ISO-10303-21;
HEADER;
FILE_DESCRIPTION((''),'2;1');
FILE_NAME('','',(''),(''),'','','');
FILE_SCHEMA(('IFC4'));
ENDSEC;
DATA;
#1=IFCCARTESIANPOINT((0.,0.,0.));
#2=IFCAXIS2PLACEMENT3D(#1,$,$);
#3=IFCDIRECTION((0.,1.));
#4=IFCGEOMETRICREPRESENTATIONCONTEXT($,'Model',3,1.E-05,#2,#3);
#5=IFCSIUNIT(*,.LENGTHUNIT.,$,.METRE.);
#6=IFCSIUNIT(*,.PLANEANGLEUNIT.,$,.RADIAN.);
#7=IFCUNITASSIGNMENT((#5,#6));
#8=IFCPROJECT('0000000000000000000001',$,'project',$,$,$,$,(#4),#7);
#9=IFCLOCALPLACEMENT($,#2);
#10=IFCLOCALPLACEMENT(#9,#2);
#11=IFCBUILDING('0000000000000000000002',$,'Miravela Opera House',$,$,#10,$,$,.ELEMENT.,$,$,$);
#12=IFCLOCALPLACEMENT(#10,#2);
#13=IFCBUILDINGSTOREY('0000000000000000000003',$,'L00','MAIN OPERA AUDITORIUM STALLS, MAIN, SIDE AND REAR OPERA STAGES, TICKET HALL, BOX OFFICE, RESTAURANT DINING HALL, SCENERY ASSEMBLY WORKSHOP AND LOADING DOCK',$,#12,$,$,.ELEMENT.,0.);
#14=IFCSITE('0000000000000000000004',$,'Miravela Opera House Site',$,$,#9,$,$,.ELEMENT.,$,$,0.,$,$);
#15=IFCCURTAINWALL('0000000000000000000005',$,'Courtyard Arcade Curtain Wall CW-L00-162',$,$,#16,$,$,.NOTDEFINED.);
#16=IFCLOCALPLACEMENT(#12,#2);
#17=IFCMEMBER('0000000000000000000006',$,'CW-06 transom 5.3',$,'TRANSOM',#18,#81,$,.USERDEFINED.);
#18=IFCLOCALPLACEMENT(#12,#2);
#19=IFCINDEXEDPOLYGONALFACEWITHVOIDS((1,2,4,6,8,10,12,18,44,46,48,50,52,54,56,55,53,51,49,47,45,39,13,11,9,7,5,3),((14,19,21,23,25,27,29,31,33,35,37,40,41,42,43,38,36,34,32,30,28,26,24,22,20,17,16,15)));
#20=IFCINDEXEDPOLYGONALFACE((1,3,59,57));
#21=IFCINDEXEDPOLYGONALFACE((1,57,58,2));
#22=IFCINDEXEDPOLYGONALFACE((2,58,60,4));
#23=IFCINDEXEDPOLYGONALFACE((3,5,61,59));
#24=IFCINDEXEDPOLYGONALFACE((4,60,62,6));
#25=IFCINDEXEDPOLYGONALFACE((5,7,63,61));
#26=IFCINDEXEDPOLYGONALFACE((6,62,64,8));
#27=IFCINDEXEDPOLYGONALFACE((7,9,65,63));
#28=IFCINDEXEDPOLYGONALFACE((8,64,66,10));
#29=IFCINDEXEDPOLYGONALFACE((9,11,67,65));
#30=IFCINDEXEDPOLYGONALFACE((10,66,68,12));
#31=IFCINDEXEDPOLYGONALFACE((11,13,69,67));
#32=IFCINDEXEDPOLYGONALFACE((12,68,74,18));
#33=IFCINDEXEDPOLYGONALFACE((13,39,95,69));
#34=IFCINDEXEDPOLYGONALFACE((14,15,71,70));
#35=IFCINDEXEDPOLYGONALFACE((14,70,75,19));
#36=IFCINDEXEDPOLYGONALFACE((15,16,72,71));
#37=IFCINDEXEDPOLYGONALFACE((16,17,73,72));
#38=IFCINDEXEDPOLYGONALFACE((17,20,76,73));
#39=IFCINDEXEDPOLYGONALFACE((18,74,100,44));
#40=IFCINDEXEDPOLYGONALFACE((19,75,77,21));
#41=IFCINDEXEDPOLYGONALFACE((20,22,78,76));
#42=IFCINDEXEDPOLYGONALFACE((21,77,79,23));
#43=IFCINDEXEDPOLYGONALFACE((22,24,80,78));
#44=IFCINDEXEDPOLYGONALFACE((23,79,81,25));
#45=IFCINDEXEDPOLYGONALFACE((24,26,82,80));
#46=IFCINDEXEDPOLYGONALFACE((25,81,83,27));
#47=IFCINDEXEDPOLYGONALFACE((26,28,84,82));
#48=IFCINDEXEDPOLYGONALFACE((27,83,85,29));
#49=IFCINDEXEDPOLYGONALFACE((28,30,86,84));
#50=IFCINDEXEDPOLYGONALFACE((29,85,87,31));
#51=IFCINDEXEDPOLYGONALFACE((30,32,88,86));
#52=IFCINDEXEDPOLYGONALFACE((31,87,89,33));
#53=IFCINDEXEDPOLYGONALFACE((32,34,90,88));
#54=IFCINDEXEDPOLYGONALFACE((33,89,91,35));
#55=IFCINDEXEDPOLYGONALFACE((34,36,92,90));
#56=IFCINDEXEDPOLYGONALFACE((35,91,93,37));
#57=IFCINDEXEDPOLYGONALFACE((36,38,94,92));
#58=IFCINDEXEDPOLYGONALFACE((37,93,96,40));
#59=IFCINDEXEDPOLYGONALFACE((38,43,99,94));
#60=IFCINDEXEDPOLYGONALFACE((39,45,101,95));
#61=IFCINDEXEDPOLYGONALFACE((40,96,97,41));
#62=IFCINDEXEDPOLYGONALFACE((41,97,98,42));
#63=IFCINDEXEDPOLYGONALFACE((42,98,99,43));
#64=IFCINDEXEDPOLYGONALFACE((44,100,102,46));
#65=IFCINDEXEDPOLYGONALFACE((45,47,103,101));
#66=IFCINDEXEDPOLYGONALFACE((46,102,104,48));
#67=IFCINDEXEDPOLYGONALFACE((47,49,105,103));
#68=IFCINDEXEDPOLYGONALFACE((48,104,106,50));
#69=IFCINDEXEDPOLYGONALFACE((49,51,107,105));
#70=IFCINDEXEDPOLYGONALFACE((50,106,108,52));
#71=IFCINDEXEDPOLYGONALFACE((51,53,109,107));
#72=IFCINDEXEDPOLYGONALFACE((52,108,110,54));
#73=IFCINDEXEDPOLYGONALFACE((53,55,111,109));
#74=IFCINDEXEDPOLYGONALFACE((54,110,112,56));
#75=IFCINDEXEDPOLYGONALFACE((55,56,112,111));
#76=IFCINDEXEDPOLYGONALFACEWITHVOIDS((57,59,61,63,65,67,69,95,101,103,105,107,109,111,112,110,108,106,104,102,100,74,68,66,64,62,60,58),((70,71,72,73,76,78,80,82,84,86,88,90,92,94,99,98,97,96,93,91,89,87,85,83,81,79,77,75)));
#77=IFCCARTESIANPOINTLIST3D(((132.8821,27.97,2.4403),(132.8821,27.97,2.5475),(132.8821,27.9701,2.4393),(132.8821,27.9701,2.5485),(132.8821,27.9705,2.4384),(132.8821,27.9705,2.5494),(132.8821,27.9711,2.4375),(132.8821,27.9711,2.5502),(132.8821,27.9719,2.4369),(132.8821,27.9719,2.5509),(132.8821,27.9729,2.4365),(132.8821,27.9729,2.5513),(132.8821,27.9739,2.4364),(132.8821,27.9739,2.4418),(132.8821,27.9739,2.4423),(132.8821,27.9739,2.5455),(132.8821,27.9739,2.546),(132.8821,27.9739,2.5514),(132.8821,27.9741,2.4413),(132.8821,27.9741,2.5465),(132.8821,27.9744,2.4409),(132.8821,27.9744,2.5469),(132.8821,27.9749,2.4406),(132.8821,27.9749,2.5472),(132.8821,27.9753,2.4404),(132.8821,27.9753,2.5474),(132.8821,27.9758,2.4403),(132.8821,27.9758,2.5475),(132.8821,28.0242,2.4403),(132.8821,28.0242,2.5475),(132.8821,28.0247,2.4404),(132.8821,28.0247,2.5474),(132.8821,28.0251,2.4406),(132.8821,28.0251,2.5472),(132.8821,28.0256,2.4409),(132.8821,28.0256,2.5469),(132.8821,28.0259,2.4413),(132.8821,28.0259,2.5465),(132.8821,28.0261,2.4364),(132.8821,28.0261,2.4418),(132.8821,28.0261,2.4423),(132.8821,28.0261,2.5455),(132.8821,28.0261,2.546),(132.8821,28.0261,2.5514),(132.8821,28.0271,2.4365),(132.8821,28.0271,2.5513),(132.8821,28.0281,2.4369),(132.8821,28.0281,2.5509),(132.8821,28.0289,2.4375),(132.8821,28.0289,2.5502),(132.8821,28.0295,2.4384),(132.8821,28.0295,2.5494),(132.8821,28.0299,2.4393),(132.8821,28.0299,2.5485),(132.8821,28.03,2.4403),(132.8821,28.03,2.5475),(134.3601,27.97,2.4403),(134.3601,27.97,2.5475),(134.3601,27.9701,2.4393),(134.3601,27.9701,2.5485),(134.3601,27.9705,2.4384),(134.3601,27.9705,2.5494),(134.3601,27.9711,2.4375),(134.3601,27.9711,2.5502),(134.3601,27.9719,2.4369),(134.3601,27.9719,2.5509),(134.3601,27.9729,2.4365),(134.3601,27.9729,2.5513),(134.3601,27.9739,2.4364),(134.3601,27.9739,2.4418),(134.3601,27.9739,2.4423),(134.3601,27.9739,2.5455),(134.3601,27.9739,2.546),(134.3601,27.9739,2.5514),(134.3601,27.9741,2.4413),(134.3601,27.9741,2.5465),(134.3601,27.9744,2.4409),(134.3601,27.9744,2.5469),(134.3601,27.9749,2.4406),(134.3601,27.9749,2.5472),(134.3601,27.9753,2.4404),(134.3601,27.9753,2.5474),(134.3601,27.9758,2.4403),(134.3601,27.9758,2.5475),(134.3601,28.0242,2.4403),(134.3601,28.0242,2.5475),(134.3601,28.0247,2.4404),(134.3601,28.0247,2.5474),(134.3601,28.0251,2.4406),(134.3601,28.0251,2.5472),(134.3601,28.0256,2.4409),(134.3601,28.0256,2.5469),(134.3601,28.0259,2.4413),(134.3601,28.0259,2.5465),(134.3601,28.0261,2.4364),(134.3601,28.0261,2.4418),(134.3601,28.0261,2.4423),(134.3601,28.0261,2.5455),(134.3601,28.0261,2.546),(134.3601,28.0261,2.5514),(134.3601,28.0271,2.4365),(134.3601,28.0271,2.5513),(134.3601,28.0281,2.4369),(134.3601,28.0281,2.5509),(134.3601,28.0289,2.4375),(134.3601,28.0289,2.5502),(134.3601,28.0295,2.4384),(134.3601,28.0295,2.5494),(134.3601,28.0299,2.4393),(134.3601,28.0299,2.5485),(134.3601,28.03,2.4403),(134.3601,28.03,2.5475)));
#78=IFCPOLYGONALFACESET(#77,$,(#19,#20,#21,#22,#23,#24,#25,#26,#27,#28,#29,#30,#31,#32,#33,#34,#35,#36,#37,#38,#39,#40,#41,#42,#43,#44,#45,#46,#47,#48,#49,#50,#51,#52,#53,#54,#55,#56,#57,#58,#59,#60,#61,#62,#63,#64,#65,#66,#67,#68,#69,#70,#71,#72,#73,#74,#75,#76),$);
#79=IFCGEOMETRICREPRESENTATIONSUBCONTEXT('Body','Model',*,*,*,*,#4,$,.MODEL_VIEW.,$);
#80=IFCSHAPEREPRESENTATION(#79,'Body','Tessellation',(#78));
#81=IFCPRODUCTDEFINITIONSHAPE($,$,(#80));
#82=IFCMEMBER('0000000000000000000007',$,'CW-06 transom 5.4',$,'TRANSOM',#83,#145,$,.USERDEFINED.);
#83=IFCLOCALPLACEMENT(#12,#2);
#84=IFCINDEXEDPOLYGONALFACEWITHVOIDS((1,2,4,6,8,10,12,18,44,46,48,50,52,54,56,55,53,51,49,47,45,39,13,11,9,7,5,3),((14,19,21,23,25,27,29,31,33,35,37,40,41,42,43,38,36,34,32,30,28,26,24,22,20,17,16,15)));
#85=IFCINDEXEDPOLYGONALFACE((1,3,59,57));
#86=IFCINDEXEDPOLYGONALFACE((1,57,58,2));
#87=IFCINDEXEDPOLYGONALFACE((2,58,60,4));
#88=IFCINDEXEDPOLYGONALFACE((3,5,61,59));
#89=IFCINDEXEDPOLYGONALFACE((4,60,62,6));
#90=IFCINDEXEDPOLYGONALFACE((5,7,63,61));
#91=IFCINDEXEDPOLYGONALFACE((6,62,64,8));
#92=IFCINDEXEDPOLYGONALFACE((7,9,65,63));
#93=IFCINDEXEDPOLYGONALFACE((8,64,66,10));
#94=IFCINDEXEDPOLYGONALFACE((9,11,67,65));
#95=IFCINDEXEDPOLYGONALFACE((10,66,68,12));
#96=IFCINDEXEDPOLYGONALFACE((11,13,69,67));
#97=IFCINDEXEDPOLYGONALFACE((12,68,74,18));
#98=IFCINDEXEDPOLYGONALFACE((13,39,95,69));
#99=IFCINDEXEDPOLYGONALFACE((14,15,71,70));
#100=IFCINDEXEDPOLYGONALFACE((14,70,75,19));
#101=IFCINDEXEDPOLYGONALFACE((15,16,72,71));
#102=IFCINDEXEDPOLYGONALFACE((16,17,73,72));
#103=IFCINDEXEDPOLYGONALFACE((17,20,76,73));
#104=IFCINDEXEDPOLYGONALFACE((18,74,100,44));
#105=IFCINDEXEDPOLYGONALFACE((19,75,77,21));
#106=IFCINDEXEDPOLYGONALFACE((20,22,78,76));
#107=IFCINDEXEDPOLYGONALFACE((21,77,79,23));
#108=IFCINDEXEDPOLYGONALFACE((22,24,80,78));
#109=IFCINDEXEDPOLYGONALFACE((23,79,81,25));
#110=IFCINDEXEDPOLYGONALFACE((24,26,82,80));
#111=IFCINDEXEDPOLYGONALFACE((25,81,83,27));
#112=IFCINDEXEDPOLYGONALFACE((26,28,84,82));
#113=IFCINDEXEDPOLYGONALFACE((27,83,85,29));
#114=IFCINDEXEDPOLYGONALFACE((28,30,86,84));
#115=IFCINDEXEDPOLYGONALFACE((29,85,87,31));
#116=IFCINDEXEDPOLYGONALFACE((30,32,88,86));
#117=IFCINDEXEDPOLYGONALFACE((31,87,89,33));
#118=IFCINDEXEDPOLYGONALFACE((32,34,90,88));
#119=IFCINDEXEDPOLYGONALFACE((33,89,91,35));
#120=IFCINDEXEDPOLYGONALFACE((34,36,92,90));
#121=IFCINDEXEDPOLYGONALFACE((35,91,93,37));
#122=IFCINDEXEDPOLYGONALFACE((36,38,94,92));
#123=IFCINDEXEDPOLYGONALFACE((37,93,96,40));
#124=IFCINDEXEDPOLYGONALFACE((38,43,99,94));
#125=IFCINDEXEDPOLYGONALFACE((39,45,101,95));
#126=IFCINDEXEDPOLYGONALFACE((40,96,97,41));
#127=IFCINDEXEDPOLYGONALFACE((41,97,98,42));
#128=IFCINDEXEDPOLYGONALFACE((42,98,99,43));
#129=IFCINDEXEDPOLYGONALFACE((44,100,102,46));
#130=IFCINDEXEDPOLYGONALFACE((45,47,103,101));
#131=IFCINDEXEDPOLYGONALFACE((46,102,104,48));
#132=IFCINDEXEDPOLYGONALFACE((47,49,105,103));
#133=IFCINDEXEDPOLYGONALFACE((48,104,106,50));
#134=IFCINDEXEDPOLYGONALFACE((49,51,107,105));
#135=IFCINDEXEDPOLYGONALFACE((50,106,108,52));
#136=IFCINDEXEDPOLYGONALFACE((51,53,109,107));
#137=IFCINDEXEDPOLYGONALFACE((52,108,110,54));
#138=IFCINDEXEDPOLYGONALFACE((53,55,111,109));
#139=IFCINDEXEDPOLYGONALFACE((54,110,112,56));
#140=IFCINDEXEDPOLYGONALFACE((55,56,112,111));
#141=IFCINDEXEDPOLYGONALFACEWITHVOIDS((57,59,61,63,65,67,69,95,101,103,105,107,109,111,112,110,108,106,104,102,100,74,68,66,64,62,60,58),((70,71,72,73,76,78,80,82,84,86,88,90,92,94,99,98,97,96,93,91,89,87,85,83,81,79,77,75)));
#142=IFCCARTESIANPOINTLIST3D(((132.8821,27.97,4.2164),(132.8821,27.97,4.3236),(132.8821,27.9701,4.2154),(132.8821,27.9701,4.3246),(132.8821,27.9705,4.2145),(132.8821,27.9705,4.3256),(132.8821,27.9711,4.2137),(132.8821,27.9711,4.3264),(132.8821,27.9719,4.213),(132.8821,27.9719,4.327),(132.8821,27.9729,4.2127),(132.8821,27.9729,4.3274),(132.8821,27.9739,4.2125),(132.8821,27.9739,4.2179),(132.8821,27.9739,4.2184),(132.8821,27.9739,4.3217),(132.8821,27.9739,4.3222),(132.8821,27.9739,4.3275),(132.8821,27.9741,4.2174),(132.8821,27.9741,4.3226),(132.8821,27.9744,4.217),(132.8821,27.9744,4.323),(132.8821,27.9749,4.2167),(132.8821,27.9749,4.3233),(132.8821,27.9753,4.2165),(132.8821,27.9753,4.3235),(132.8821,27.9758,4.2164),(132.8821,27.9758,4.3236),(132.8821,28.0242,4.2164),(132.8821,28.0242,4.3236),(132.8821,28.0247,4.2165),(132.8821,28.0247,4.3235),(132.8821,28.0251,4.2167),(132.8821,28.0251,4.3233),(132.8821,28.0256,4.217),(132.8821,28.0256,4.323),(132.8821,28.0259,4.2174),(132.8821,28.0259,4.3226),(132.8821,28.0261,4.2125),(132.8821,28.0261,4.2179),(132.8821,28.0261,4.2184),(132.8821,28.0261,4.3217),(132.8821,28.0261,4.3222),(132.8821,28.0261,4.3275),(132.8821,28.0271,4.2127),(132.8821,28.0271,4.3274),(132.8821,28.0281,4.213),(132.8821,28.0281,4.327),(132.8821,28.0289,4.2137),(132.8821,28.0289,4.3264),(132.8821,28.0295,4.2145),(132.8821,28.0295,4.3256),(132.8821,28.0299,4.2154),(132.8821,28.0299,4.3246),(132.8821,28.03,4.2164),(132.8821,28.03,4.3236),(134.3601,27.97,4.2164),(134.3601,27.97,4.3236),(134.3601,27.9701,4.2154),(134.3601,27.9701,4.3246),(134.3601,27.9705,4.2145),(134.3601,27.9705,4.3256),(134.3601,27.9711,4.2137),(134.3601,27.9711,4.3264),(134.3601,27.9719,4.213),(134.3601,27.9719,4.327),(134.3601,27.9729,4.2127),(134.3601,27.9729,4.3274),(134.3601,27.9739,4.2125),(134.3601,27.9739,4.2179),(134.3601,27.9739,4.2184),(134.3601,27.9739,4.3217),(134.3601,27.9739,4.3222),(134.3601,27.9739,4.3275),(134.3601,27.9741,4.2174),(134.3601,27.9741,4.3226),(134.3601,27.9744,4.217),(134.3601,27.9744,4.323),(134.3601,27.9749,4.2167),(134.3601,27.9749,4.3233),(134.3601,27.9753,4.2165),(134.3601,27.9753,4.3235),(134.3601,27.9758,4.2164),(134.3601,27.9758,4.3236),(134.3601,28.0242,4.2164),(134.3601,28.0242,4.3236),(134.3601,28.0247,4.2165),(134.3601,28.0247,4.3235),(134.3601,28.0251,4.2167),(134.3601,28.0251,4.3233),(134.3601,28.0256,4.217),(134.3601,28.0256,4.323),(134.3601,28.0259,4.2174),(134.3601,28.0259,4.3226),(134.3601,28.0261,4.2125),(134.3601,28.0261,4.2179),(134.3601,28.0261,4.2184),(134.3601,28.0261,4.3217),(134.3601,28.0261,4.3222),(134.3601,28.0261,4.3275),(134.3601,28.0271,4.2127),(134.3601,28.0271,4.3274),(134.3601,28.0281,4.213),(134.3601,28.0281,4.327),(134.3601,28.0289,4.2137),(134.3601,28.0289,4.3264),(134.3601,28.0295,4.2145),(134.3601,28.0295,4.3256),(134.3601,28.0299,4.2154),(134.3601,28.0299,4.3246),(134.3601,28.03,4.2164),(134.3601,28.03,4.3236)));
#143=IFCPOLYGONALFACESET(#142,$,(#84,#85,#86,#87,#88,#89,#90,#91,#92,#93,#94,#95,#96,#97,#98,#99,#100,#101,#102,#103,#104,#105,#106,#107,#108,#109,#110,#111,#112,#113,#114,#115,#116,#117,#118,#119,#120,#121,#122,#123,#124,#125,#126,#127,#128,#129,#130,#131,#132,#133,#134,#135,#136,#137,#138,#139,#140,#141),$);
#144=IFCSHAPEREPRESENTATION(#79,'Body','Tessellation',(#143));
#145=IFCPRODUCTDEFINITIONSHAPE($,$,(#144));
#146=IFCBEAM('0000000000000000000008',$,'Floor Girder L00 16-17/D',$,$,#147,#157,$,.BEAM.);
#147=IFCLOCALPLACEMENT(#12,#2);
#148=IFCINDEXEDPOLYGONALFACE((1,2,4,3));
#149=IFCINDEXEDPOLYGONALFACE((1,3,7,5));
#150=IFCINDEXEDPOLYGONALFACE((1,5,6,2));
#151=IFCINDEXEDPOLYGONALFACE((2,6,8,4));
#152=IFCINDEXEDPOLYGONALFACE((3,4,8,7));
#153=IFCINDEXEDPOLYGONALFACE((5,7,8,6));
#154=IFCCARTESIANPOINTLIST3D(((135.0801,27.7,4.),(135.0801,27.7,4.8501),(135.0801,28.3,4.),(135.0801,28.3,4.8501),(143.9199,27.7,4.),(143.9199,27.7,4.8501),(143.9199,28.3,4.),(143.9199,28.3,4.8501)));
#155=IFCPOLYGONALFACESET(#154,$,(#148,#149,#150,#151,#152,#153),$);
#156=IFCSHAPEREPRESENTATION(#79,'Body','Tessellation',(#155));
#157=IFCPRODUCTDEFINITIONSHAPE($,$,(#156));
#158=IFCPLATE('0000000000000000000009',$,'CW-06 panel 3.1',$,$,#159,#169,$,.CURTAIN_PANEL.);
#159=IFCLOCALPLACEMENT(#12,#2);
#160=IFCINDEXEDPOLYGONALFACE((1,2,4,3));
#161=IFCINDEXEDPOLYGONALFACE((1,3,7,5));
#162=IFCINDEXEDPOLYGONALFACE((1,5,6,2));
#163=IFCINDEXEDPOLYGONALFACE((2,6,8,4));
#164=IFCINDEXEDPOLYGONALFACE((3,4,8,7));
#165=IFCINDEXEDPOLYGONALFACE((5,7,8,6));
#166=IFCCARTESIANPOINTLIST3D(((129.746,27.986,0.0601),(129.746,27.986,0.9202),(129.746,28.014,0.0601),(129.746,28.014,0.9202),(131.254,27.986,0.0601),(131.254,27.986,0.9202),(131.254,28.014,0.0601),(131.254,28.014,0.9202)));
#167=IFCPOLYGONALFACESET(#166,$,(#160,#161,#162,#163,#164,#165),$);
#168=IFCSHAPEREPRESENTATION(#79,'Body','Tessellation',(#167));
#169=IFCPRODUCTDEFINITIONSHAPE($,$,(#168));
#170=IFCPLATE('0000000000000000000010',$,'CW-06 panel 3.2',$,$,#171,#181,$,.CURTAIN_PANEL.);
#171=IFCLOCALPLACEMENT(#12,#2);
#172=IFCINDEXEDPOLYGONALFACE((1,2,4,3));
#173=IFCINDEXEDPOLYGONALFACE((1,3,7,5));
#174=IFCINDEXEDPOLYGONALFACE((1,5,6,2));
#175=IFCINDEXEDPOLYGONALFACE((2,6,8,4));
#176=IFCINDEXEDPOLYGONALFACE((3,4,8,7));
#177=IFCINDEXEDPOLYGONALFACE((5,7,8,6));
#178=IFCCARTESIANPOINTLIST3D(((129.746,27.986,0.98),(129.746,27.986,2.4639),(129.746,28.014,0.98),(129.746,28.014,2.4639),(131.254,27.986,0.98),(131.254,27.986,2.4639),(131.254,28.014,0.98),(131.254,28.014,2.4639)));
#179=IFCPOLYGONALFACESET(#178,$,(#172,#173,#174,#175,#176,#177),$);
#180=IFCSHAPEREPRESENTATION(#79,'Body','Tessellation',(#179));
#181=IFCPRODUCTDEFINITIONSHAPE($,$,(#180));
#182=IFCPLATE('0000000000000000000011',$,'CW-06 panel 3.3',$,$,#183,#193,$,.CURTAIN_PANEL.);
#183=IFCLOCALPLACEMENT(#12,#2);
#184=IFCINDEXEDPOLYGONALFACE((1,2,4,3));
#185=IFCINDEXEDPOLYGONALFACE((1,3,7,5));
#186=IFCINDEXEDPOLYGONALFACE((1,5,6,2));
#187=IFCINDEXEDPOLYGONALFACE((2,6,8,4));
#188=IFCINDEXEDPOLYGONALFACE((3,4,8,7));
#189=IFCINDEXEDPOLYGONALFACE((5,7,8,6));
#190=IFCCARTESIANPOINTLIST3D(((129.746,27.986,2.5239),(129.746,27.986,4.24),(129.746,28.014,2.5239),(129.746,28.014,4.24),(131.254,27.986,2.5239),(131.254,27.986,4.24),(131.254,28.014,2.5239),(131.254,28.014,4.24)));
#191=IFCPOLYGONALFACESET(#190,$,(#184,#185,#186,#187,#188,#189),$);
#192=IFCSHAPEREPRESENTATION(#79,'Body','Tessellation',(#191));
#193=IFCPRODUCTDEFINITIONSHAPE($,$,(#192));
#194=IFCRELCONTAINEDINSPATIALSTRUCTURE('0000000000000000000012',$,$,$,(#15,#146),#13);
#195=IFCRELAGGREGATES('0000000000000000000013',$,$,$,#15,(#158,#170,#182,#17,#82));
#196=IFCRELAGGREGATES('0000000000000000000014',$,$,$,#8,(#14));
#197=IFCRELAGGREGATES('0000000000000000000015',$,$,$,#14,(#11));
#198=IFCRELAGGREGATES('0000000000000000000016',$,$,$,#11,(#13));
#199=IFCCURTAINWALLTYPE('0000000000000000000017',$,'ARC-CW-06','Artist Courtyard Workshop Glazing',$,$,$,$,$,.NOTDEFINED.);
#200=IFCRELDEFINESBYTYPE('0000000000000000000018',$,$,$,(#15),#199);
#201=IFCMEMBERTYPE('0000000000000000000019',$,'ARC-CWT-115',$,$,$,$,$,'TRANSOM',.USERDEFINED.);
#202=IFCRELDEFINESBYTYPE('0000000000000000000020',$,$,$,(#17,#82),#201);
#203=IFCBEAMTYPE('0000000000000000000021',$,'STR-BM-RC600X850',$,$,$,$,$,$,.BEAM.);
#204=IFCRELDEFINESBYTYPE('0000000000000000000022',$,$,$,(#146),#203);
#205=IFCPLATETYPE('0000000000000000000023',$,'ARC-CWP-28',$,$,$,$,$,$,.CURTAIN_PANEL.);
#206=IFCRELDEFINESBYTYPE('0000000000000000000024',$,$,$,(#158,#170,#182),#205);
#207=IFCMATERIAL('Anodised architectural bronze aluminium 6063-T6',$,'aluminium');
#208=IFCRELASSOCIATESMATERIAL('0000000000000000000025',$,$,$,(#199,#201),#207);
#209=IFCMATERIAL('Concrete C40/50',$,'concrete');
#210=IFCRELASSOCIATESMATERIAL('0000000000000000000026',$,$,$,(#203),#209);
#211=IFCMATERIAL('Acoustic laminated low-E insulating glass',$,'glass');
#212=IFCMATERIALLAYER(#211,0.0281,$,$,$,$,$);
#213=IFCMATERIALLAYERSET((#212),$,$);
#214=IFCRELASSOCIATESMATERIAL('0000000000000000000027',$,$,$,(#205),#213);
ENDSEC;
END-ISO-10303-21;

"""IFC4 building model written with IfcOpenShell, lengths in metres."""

from ifc_helpers import new_model, si_unit, direction, frame, origin, origin_2d, place, context, subcontext, project, spatial, rectangle, hollow_rectangle, extrude, material, layer, layer_set, material_profile, profile_set, type_object, element, aggregate, save


model = new_model("IFC4")

# Units and contexts
model_context = context("Model", 3, precision=1e-05, world=origin(), true_north=direction((0.0, 1.0)))
body_context = subcontext(model_context, "Body", "Model", "MODEL_VIEW")
ifc_project = project(units=[si_unit("LENGTHUNIT", "METRE"), si_unit("PLANEANGLEUNIT", "RADIAN")], contexts=[model_context])

# Site, building, storey
site_placement = place(None, origin())
site = spatial("IfcSite", under=ifc_project, at=site_placement, Name="Miravela Opera House Site", CompositionType="ELEMENT", RefElevation=0.0)
building_placement = place(site_placement, origin())
building = spatial("IfcBuilding", under=site, at=building_placement, Name="Miravela Opera House", CompositionType="ELEMENT")
storey_placement = place(building_placement, origin())
storey = spatial("IfcBuildingStorey", under=building, at=storey_placement, Name="L00", Description="MAIN OPERA AUDITORIUM STALLS, MAIN, SIDE AND REAR OPERA STAGES, TICKET HALL, BOX OFFICE, RESTAURANT DINING HALL, SCENERY ASSEMBLY WORKSHOP AND LOADING DOCK", CompositionType="ELEMENT", Elevation=0.0)

# Curtain wall, members
ifc_material_1 = material(Name="Anodised architectural bronze aluminium 6063-T6", Category="aluminium")
curtain_wall_type = type_object("IfcCurtainWallType", Name="ARC-CW-06", Description="Artist Courtyard Workshop Glazing", PredefinedType="NOTDEFINED", material=ifc_material_1)
curtain_wall_placement = place(storey_placement, origin())
curtain_wall = element("IfcCurtainWall", 1, at=curtain_wall_placement, inside=storey, type_object=curtain_wall_type, Name="Courtyard Arcade Curtain Wall CW-L00-162", PredefinedType="NOTDEFINED")
ifc_material_profile_1 = material_profile(ifc_material_1, hollow_rectangle(XDim=0.0601, YDim=0.115, WallThickness=0.0039, InnerFilletRadius=0.002, OuterFilletRadius=0.0039, at=origin_2d()), Name="CWT-60X115")
ifc_profile_set_1 = profile_set([ifc_material_profile_1])
member_type_1 = type_object("IfcMemberType", Name="ARC-CWT-115", ElementType="TRANSOM", PredefinedType="USERDEFINED", material=ifc_profile_set_1)
member_1_placement = place(storey_placement, frame((132.8821, 28.0, 2.4939), z_axis=(1.0, 0.0, 0.0), x_axis=(0.0, 1.0, 0.0)))
member_1 = element("IfcMember", 2, at=member_1_placement, type_object=member_type_1, Name="CW-06 transom 5.3", ObjectType="TRANSOM", PredefinedType="USERDEFINED", context=body_context, shape_type="SweptSolid", body=[
    extrude(hollow_rectangle(XDim=0.0601, YDim=0.115, WallThickness=0.0039, InnerFilletRadius=0.002, OuterFilletRadius=0.0039, at=origin_2d()), origin(), (0.0, 0.0, 1.0), 1.478),
])
member_2_placement = place(storey_placement, frame((132.8821, 28.0, 4.27), z_axis=(1.0, 0.0, 0.0), x_axis=(0.0, 1.0, 0.0)))
member_2 = element("IfcMember", 3, at=member_2_placement, type_object=member_type_1, Name="CW-06 transom 5.4", ObjectType="TRANSOM", PredefinedType="USERDEFINED", context=body_context, shape_type="SweptSolid", body=[
    extrude(hollow_rectangle(XDim=0.0601, YDim=0.115, WallThickness=0.0039, InnerFilletRadius=0.002, OuterFilletRadius=0.0039, at=origin_2d()), origin(), (0.0, 0.0, 1.0), 1.478),
])

# Beam
ifc_material_2 = material(Name="Concrete C40/50", Category="concrete")
ifc_material_profile_2 = material_profile(ifc_material_2, rectangle(XDim=0.6001, YDim=0.8501, at=origin_2d()), Name="RC-BM-600X850")
ifc_profile_set_2 = profile_set([ifc_material_profile_2])
beam_type = type_object("IfcBeamType", Name="STR-BM-RC600X850", PredefinedType="BEAM", material=ifc_profile_set_2)
beam_placement = place(storey_placement, frame((135.0801, 28.0, 4.425), z_axis=(1.0, 0.0, 0.0), x_axis=(0.0, 1.0, 0.0)))
element("IfcBeam", 4, at=beam_placement, inside=storey, type_object=beam_type, Name="Floor Girder L00 16-17/D", PredefinedType="BEAM", context=body_context, shape_type="SweptSolid", body=[
    extrude(rectangle(XDim=0.6001, YDim=0.8501, at=origin_2d()), origin(), (0.0, 0.0, 1.0), 8.8398),
])

# Plates
ifc_material_3 = material(Name="Acoustic laminated low-E insulating glass", Category="glass")
ifc_layer = layer(ifc_material_3, 0.0281)
ifc_layer_set = layer_set([ifc_layer])
plate_type = type_object("IfcPlateType", Name="ARC-CWP-28", PredefinedType="CURTAIN_PANEL", material=ifc_layer_set)
plate_1_placement = place(storey_placement, frame((130.5, 28.0, 0.0601), z_axis=(0.0, 0.0, 1.0), x_axis=(1.0, 0.0, 0.0)))
plate_1 = element("IfcPlate", 5, at=plate_1_placement, type_object=plate_type, Name="CW-06 panel 3.1", PredefinedType="CURTAIN_PANEL", context=body_context, shape_type="SweptSolid", body=[
    extrude(rectangle(XDim=1.5081, YDim=0.0281, at=origin_2d()), origin(), (0.0, 0.0, 1.0), 0.8601),
])
plate_2_placement = place(storey_placement, frame((130.5, 28.0, 0.98), z_axis=(0.0, 0.0, 1.0), x_axis=(1.0, 0.0, 0.0)))
plate_2 = element("IfcPlate", 6, at=plate_2_placement, type_object=plate_type, Name="CW-06 panel 3.2", PredefinedType="CURTAIN_PANEL", context=body_context, shape_type="SweptSolid", body=[
    extrude(rectangle(XDim=1.5081, YDim=0.0281, at=origin_2d()), origin(), (0.0, 0.0, 1.0), 1.4839),
])
plate_3_placement = place(storey_placement, frame((130.5, 28.0, 2.5239), z_axis=(0.0, 0.0, 1.0), x_axis=(1.0, 0.0, 0.0)))
plate_3 = element("IfcPlate", 7, at=plate_3_placement, type_object=plate_type, Name="CW-06 panel 3.3", PredefinedType="CURTAIN_PANEL", context=body_context, shape_type="SweptSolid", body=[
    extrude(rectangle(XDim=1.5081, YDim=0.0281, at=origin_2d()), origin(), (0.0, 0.0, 1.0), 1.7161),
])
aggregate(curtain_wall, [plate_1, plate_2, plate_3, member_1, member_2])

save(model, "model.ifc")
